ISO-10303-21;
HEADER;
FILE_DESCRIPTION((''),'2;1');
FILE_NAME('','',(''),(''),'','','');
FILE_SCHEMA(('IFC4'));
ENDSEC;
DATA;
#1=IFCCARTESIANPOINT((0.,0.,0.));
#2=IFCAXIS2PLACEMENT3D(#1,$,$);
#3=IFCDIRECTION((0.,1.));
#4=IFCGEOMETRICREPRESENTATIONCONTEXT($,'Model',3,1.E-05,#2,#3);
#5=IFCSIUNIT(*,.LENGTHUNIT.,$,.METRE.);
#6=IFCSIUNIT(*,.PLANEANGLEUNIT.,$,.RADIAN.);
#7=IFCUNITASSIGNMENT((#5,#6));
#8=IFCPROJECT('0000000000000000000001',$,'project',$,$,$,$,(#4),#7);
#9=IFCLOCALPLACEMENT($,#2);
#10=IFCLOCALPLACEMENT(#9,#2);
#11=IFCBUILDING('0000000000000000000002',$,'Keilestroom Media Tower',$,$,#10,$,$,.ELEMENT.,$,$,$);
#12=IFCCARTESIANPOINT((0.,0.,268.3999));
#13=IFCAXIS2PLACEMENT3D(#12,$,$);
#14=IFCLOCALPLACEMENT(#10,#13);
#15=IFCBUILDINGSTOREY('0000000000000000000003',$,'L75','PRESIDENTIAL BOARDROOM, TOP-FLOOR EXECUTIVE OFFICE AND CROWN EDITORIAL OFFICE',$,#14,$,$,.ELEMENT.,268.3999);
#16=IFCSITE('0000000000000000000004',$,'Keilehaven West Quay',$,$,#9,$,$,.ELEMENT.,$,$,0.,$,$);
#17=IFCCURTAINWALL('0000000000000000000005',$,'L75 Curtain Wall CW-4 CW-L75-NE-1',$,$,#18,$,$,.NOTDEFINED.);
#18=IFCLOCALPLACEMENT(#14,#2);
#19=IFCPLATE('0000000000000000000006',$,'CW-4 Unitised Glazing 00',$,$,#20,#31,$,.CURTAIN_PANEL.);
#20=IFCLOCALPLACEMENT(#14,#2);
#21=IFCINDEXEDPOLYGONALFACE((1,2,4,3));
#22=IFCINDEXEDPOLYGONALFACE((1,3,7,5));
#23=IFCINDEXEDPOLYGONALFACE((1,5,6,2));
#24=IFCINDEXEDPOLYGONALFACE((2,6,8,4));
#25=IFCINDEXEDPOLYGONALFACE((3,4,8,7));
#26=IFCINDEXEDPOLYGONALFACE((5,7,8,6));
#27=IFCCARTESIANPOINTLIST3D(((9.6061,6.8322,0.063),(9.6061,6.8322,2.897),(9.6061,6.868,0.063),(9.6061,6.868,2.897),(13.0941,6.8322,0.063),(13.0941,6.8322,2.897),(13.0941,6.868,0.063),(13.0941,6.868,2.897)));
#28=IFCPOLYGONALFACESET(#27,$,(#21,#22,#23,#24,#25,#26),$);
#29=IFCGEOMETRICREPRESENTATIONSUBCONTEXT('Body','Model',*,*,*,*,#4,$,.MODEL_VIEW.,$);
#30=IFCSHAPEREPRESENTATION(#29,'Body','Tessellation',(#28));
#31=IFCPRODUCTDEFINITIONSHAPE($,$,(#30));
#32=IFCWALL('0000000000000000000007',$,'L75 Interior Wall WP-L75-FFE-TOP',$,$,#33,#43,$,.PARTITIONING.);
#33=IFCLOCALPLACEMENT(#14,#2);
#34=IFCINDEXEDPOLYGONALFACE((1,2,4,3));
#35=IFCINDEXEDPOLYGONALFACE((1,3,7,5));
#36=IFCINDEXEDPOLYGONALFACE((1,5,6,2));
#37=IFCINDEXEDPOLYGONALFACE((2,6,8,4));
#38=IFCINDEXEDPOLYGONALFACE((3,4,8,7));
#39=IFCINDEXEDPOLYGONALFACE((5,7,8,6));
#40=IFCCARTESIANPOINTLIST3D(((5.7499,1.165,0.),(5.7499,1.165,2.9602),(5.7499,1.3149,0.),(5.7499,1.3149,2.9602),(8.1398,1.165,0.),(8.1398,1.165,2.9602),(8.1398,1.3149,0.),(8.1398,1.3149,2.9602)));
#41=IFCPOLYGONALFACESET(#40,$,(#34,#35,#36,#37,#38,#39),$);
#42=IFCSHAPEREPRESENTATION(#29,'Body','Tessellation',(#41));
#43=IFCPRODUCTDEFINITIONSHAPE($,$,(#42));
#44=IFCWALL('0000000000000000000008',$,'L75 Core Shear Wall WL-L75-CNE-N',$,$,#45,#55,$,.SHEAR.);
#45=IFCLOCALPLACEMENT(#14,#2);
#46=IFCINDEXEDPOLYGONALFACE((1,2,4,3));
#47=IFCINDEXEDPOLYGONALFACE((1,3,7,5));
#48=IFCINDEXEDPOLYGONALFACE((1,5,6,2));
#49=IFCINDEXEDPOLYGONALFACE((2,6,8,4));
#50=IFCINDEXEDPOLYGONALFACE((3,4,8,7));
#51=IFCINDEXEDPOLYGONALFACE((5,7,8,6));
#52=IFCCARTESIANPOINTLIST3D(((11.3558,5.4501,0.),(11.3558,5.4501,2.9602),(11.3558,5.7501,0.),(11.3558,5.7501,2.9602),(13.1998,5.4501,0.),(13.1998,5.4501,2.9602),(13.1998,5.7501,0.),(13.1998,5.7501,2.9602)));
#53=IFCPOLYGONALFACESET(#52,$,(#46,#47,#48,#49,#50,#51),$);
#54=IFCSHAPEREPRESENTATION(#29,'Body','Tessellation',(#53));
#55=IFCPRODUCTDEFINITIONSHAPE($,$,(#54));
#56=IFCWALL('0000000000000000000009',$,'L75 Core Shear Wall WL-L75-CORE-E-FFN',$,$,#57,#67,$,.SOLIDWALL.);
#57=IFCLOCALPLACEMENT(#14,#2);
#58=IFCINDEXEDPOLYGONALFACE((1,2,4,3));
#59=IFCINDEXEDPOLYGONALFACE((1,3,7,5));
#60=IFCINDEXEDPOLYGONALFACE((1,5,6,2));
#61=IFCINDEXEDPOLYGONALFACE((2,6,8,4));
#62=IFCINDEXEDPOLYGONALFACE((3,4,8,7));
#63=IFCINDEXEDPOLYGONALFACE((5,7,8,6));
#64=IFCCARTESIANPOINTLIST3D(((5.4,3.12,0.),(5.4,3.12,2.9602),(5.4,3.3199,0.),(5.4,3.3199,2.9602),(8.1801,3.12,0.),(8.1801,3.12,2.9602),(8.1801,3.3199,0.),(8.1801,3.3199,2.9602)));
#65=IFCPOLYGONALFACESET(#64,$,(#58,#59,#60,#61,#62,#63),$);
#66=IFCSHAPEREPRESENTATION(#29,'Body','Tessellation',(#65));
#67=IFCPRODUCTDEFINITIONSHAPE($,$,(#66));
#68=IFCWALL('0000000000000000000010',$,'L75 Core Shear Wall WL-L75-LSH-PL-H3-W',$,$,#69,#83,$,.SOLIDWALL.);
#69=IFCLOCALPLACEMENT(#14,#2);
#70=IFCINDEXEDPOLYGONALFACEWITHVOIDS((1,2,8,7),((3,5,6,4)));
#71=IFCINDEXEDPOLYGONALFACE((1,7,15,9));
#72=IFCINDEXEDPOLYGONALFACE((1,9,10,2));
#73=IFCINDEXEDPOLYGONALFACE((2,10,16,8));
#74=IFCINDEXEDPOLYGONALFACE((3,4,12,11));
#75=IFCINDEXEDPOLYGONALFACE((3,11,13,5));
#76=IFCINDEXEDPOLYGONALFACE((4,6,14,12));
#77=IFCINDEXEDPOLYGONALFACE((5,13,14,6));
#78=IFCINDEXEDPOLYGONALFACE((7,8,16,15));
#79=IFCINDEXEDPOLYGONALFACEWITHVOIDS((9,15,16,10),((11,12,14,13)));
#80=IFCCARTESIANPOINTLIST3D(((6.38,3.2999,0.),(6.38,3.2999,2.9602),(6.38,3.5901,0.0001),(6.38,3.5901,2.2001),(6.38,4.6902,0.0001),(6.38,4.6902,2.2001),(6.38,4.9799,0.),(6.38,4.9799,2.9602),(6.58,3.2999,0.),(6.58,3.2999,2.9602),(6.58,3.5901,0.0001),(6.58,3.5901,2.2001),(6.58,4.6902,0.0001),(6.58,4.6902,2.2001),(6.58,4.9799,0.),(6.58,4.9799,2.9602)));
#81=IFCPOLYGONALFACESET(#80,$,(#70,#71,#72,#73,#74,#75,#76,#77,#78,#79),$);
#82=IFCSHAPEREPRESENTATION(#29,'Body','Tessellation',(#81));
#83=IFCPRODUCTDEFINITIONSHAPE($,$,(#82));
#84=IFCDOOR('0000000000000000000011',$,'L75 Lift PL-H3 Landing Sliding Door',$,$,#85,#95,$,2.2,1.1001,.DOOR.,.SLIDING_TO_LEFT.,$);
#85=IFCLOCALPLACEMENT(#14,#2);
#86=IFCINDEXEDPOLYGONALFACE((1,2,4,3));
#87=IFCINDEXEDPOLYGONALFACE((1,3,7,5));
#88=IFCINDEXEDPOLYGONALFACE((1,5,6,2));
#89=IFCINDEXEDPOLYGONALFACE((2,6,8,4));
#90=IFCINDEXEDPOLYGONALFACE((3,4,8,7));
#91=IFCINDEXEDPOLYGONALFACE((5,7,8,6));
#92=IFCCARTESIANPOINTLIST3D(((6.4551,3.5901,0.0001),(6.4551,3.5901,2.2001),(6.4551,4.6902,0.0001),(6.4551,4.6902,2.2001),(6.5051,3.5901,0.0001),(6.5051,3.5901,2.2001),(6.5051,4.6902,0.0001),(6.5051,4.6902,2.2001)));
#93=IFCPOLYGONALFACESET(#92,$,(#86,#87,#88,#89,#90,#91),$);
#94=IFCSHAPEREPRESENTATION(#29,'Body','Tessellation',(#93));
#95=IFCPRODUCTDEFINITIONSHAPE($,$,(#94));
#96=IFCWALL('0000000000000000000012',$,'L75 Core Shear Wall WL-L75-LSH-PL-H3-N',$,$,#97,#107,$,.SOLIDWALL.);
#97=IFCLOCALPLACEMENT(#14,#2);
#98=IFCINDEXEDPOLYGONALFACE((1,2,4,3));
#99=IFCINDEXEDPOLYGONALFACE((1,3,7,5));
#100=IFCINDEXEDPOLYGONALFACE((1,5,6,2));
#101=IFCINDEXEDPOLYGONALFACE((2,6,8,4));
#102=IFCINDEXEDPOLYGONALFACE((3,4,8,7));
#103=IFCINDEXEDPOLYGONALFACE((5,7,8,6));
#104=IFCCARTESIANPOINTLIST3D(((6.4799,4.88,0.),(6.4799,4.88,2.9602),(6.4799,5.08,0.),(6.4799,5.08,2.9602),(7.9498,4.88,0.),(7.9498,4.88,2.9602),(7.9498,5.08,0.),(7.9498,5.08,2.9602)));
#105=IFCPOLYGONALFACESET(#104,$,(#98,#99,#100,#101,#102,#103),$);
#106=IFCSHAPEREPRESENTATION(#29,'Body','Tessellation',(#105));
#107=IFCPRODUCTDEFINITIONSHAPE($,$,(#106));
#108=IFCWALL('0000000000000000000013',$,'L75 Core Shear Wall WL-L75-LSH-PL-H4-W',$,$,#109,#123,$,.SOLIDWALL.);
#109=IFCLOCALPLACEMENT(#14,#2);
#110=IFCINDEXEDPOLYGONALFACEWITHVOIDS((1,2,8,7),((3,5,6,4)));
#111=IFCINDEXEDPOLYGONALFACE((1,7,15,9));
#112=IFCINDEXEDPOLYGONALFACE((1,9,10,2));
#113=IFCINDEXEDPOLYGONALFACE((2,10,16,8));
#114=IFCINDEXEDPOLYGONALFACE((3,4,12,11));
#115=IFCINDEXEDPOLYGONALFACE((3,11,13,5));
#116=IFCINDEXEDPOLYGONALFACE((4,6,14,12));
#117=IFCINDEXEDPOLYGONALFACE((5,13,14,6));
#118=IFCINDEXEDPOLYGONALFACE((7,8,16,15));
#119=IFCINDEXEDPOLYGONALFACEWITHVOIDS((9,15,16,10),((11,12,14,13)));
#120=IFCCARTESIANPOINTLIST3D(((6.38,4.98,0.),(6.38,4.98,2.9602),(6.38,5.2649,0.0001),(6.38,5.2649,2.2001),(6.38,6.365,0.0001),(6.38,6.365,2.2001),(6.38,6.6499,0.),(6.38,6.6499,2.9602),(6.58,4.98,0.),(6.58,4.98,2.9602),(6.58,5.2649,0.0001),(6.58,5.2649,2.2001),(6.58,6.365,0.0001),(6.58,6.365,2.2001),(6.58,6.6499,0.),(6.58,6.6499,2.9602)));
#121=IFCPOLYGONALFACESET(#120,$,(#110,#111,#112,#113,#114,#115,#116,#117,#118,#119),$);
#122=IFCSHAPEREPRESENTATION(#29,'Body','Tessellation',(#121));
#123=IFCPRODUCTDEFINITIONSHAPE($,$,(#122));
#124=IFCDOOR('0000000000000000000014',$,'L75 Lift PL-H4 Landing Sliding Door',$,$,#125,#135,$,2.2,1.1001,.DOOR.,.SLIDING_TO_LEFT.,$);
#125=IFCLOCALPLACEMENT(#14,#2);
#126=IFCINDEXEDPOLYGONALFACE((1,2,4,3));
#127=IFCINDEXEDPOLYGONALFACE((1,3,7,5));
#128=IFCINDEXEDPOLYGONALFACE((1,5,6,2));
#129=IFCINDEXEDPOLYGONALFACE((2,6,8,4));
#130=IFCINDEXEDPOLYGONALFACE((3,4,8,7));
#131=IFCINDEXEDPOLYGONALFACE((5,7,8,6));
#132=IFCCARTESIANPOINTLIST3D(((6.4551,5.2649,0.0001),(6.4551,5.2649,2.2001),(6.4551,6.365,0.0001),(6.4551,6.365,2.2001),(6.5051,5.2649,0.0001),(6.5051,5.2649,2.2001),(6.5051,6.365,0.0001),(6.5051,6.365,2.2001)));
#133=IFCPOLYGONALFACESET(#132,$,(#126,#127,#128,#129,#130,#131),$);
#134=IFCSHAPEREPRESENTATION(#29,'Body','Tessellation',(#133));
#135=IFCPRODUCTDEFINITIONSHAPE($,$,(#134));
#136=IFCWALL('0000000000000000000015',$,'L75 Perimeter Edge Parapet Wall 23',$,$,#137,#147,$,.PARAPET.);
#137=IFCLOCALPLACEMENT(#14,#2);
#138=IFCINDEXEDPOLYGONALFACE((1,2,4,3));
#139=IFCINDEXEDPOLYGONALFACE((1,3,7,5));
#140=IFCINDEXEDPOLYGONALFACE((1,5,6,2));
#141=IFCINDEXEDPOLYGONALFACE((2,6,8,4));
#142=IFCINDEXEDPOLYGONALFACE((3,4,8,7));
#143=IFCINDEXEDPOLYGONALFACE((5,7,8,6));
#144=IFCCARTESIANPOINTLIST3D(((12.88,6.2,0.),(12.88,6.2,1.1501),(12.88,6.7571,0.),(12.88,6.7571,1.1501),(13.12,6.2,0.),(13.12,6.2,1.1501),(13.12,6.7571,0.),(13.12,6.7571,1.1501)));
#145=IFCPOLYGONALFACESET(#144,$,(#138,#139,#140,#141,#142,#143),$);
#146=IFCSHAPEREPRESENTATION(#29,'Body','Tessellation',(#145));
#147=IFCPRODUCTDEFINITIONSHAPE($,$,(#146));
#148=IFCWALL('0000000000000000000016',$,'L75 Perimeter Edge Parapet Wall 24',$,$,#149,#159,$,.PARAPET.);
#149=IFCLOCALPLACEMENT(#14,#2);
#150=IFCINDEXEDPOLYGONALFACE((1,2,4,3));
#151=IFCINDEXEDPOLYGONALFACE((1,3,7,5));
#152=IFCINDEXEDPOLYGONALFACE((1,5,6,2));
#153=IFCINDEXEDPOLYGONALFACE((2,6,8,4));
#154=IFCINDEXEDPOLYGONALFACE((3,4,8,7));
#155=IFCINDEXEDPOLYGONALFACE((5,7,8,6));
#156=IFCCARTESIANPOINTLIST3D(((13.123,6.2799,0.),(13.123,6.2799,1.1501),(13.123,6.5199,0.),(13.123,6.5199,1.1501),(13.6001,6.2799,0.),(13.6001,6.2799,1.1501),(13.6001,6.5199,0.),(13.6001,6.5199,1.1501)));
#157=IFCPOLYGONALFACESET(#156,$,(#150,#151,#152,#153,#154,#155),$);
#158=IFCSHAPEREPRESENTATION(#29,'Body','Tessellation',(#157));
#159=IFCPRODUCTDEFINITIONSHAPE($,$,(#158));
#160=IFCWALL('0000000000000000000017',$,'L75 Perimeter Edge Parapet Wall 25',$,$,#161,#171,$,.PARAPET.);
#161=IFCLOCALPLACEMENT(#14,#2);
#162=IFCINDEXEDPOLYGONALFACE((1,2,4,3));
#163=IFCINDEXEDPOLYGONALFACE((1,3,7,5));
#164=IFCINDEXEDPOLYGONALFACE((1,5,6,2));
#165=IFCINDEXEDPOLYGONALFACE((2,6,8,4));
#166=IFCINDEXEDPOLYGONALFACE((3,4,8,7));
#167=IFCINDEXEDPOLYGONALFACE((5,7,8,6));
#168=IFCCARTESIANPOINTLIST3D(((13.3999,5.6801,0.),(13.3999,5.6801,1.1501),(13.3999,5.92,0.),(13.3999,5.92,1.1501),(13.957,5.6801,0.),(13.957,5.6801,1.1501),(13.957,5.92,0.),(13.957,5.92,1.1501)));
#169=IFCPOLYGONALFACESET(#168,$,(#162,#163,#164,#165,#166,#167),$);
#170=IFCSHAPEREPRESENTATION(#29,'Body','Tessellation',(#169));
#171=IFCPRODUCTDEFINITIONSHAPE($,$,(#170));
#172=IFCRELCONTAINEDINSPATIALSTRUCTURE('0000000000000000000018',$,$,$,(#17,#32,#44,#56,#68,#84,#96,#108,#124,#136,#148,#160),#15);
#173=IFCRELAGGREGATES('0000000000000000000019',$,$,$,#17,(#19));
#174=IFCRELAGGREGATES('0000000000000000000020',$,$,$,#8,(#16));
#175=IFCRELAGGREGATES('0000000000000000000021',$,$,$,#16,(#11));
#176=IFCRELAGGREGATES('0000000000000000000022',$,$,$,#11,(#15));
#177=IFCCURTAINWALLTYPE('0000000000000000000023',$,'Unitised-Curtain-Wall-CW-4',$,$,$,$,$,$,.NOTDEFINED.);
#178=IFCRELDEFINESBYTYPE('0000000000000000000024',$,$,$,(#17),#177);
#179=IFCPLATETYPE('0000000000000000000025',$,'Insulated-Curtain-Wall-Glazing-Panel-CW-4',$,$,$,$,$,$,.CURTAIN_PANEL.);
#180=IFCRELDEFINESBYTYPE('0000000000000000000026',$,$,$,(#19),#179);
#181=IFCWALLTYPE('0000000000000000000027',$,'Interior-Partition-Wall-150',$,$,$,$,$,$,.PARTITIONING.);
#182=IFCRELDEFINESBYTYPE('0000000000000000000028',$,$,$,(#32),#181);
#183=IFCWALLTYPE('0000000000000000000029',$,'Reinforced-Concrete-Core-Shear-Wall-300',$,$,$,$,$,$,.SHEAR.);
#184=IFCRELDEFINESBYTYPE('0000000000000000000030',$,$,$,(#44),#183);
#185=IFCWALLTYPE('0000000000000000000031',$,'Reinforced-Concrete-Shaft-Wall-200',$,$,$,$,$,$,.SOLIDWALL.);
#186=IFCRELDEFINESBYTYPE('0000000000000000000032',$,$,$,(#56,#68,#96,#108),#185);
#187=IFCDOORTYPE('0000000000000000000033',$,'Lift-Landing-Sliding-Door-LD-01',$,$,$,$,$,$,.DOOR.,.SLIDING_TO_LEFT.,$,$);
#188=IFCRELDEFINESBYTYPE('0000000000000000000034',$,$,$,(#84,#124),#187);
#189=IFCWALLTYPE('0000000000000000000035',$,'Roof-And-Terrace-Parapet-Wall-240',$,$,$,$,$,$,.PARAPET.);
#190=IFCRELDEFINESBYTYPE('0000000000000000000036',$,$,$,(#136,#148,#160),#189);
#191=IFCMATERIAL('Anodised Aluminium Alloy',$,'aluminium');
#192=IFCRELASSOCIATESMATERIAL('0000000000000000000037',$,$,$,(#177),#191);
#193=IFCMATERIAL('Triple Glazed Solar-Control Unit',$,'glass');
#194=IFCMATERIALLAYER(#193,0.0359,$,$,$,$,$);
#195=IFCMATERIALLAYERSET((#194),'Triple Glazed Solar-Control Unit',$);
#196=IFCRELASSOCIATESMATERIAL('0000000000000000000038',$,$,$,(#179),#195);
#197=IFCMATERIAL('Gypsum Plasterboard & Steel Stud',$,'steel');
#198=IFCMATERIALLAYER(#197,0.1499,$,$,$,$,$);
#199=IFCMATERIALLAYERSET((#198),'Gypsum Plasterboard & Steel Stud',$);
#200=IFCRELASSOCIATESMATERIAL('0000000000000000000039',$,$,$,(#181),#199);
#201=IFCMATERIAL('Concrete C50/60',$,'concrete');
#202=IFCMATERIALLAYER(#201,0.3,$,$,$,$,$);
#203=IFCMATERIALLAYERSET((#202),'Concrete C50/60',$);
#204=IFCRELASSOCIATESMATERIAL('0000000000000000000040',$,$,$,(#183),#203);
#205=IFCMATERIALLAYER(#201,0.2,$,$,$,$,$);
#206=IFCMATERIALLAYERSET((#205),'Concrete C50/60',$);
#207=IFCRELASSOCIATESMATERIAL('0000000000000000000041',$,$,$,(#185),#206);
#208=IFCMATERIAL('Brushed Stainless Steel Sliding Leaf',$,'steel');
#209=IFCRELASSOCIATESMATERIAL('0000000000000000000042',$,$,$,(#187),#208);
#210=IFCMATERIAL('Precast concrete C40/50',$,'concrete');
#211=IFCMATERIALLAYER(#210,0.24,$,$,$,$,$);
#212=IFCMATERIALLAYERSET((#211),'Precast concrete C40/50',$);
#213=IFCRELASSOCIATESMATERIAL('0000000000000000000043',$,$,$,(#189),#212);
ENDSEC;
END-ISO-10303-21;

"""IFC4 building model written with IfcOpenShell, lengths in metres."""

from ifc_helpers import new_model, si_unit, direction, frame, frame_2d, origin, origin_2d, place, context, subcontext, project, spatial, rectangle, extrude, source, transform, mapped, material, layer, layer_set, type_object, element, fill, aggregate, save


model = new_model("IFC4")

# Units and contexts
model_context = context("Model", 3, precision=1e-05, world=origin(), true_north=direction((0.0, 1.0)))
body_context = subcontext(model_context, "Body", "Model", "MODEL_VIEW")
ifc_project = project(units=[si_unit("LENGTHUNIT", "METRE"), si_unit("PLANEANGLEUNIT", "RADIAN")], contexts=[model_context])

# Site, building, storey
site_placement = place(None, origin())
site = spatial("IfcSite", under=ifc_project, at=site_placement, Name="Keilehaven West Quay", CompositionType="ELEMENT", RefElevation=0.0)
building_placement = place(site_placement, origin())
building = spatial("IfcBuilding", under=site, at=building_placement, Name="Keilestroom Media Tower", CompositionType="ELEMENT")
storey_placement = place(building_placement, frame((0.0, 0.0, 268.3999)))
storey = spatial("IfcBuildingStorey", under=building, at=storey_placement, Name="L75", Description="PRESIDENTIAL BOARDROOM, TOP-FLOOR EXECUTIVE OFFICE AND CROWN EDITORIAL OFFICE", CompositionType="ELEMENT", Elevation=268.3999)

# Shared definitions
ifc_material_1 = material(Name="Precast concrete C40/50", Category="concrete")

# Curtain wall
ifc_material_2 = material(Name="Anodised Aluminium Alloy", Category="aluminium")
curtain_wall_type = type_object("IfcCurtainWallType", Name="Unitised-Curtain-Wall-CW-4", PredefinedType="NOTDEFINED", material=ifc_material_2)
curtain_wall_1_placement = place(storey_placement, origin())
curtain_wall_1 = element("IfcCurtainWall", 1, at=curtain_wall_1_placement, inside=storey, type_object=curtain_wall_type, Name="L75 Curtain Wall CW-4 CW-L75-NE-1", PredefinedType="NOTDEFINED")

# Plate
ifc_material_3 = material(Name="Triple Glazed Solar-Control Unit", Category="glass")
ifc_layer_1 = layer(ifc_material_3, 0.0359)
ifc_layer_set_1 = layer_set([ifc_layer_1], Name="Triple Glazed Solar-Control Unit")
plate_type = type_object("IfcPlateType", Name="Insulated-Curtain-Wall-Glazing-Panel-CW-4", PredefinedType="CURTAIN_PANEL", material=ifc_layer_set_1)
shared_shape_1 = source(origin(), body_context, "Body", "SweptSolid", [
    extrude(rectangle(XDim=3.488, YDim=0.0359, at=origin_2d()), origin(), (0.0, 0.0, 1.0), 2.834),
])
plate_1_placement = place(storey_placement, frame((11.3501, 6.8501, 0.063), z_axis=(0.0, 0.0, 1.0), x_axis=(1.0, 0.0, 0.0)))
plate_1 = element("IfcPlate", 2, at=plate_1_placement, type_object=plate_type, Name="CW-4 Unitised Glazing 00", PredefinedType="CURTAIN_PANEL", context=body_context, shape_type="MappedRepresentation", body=[
    mapped(shared_shape_1, transform((0.0, 0.0, 0.0), x_axis=(1.0, 0.0, 0.0), y_axis=(0.0, 1.0, 0.0), z_axis=(0.0, 0.0, 1.0), scale=1.0)),
])
aggregate(curtain_wall_1, [plate_1])

# Walls
ifc_material_4 = material(Name="Gypsum Plasterboard & Steel Stud", Category="steel")
ifc_layer_2 = layer(ifc_material_4, 0.1499)
ifc_layer_set_2 = layer_set([ifc_layer_2], Name="Gypsum Plasterboard & Steel Stud")
wall_type_1 = type_object("IfcWallType", Name="Interior-Partition-Wall-150", PredefinedType="PARTITIONING", material=ifc_layer_set_2)
wall_1_placement = place(storey_placement, frame((5.75, 1.24, 0.0), z_axis=(0.0, 0.0, 1.0), x_axis=(1.0, 0.0, 0.0)))
element("IfcWall", 3, at=wall_1_placement, inside=storey, type_object=wall_type_1, Name="L75 Interior Wall WP-L75-FFE-TOP", PredefinedType="PARTITIONING", context=body_context, shape_type="SweptSolid", body=[
    extrude(rectangle(XDim=2.3899, YDim=0.1499, at=frame_2d((1.1948, 0.0))), origin(), (0.0, 0.0, 1.0), 2.9602),
])
ifc_material_5 = material(Name="Concrete C50/60", Category="concrete")
ifc_layer_3 = layer(ifc_material_5, 0.3)
ifc_layer_set_3 = layer_set([ifc_layer_3], Name="Concrete C50/60")
wall_type_2 = type_object("IfcWallType", Name="Reinforced-Concrete-Core-Shear-Wall-300", PredefinedType="SHEAR", material=ifc_layer_set_3)
wall_2_placement = place(storey_placement, frame((11.356, 5.6001, 0.0), z_axis=(0.0, 0.0, 1.0), x_axis=(1.0, 0.0, 0.0)))
element("IfcWall", 4, at=wall_2_placement, inside=storey, type_object=wall_type_2, Name="L75 Core Shear Wall WL-L75-CNE-N", PredefinedType="SHEAR", context=body_context, shape_type="SweptSolid", body=[
    extrude(rectangle(XDim=1.844, YDim=0.3, at=frame_2d((0.9219, 0.0))), origin(), (0.0, 0.0, 1.0), 2.9602),
])
ifc_layer_4 = layer(ifc_material_5, 0.2)
ifc_layer_set_4 = layer_set([ifc_layer_4], Name="Concrete C50/60")
wall_type_3 = type_object("IfcWallType", Name="Reinforced-Concrete-Shaft-Wall-200", PredefinedType="SOLIDWALL", material=ifc_layer_set_4)
wall_3_placement = place(storey_placement, frame((5.3999, 3.22, 0.0), z_axis=(0.0, 0.0, 1.0), x_axis=(1.0, 0.0, 0.0)))
element("IfcWall", 5, at=wall_3_placement, inside=storey, type_object=wall_type_3, Name="L75 Core Shear Wall WL-L75-CORE-E-FFN", PredefinedType="SOLIDWALL", context=body_context, shape_type="SweptSolid", body=[
    extrude(rectangle(XDim=2.78, YDim=0.2, at=frame_2d((1.3901, 0.0))), origin(), (0.0, 0.0, 1.0), 2.9602),
])

# Wall, opening, door
wall_4_placement = place(storey_placement, frame((6.48, 3.3, 0.0), z_axis=(0.0, 0.0, 1.0), x_axis=(0.0, 1.0, 0.0)))
wall_4 = element("IfcWall", 6, at=wall_4_placement, inside=storey, type_object=wall_type_3, Name="L75 Core Shear Wall WL-L75-LSH-PL-H3-W", PredefinedType="SOLIDWALL", context=body_context, shape_type="SweptSolid", body=[
    extrude(rectangle(XDim=1.6799, YDim=0.2, at=frame_2d((0.8398, 0.0))), origin(), (0.0, 0.0, 1.0), 2.9602),
])
opening_1_placement = place(wall_4_placement, frame((0.29, 0.0, 0.0)))
opening_1 = element("IfcOpeningElement", 7, at=opening_1_placement, cuts=wall_4, PredefinedType="OPENING", context=body_context, shape_type="SweptSolid", body=[
    extrude(rectangle(XDim=1.1001, YDim=2.2, at=frame_2d((0.55, 1.1001))), frame((0.0, 0.1099, 0.0), z_axis=(0.0, -1.0, 0.0), x_axis=(1.0, 0.0, 0.0)), (0.0, 0.0, 1.0), 0.22),
])
ifc_material_6 = material(Name="Brushed Stainless Steel Sliding Leaf", Category="steel")
door_type = type_object("IfcDoorType", Name="Lift-Landing-Sliding-Door-LD-01", OperationType="SLIDING_TO_LEFT", PredefinedType="DOOR", material=ifc_material_6)
shared_shape_2 = source(origin(), body_context, "Body", "SweptSolid", [
    extrude(rectangle(XDim=1.1001, YDim=2.2, at=frame_2d((0.55, 1.1001))), frame((0.0, 0.0249, 0.0), z_axis=(0.0, -1.0, 0.0), x_axis=(1.0, 0.0, 0.0)), (0.0, 0.0, 1.0), 0.05),
])
door_1_placement = place(opening_1_placement, origin())
door_1 = element("IfcDoor", 8, at=door_1_placement, inside=storey, type_object=door_type, Name="L75 Lift PL-H3 Landing Sliding Door", OperationType="SLIDING_TO_LEFT", OverallHeight=2.2, OverallWidth=1.1001, PredefinedType="DOOR", context=body_context, shape_type="MappedRepresentation", body=[
    mapped(shared_shape_2, transform((0.0, 0.0, 0.0), x_axis=(1.0, 0.0, 0.0), y_axis=(0.0, 1.0, 0.0), z_axis=(0.0, 0.0, 1.0), scale=1.0)),
])
fill(opening_1, door_1)

# Wall
wall_5_placement = place(storey_placement, frame((6.48, 4.98, 0.0), z_axis=(0.0, 0.0, 1.0), x_axis=(1.0, 0.0, 0.0)))
element("IfcWall", 9, at=wall_5_placement, inside=storey, type_object=wall_type_3, Name="L75 Core Shear Wall WL-L75-LSH-PL-H3-N", PredefinedType="SOLIDWALL", context=body_context, shape_type="SweptSolid", body=[
    extrude(rectangle(XDim=1.47, YDim=0.2, at=frame_2d((0.7349, 0.0))), origin(), (0.0, 0.0, 1.0), 2.9602),
])

# Wall, opening, door
wall_6_placement = place(storey_placement, frame((6.48, 4.98, 0.0), z_axis=(0.0, 0.0, 1.0), x_axis=(0.0, 1.0, 0.0)))
wall_6 = element("IfcWall", 10, at=wall_6_placement, inside=storey, type_object=wall_type_3, Name="L75 Core Shear Wall WL-L75-LSH-PL-H4-W", PredefinedType="SOLIDWALL", context=body_context, shape_type="SweptSolid", body=[
    extrude(rectangle(XDim=1.6699, YDim=0.2, at=frame_2d((0.835, 0.0))), origin(), (0.0, 0.0, 1.0), 2.9602),
])
opening_2_placement = place(wall_6_placement, frame((0.2849, 0.0, 0.0)))
opening_2 = element("IfcOpeningElement", 11, at=opening_2_placement, cuts=wall_6, PredefinedType="OPENING", context=body_context, shape_type="SweptSolid", body=[
    extrude(rectangle(XDim=1.1001, YDim=2.2, at=frame_2d((0.55, 1.1001))), frame((0.0, 0.1099, 0.0), z_axis=(0.0, -1.0, 0.0), x_axis=(1.0, 0.0, 0.0)), (0.0, 0.0, 1.0), 0.22),
])
door_2_placement = place(opening_2_placement, origin())
door_2 = element("IfcDoor", 12, at=door_2_placement, inside=storey, type_object=door_type, Name="L75 Lift PL-H4 Landing Sliding Door", OperationType="SLIDING_TO_LEFT", OverallHeight=2.2, OverallWidth=1.1001, PredefinedType="DOOR", context=body_context, shape_type="MappedRepresentation", body=[
    mapped(shared_shape_2, transform((0.0, 0.0, 0.0), x_axis=(1.0, 0.0, 0.0), y_axis=(0.0, 1.0, 0.0), z_axis=(0.0, 0.0, 1.0), scale=1.0)),
])
fill(opening_2, door_2)

# Walls
ifc_layer_5 = layer(ifc_material_1, 0.24)
ifc_layer_set_5 = layer_set([ifc_layer_5], Name="Precast concrete C40/50")
wall_type_4 = type_object("IfcWallType", Name="Roof-And-Terrace-Parapet-Wall-240", PredefinedType="PARAPET", material=ifc_layer_set_5)
wall_7_placement = place(storey_placement, frame((13.0, 6.7571, 0.0), z_axis=(0.0, 0.0, 1.0), x_axis=(0.0, -1.0, 0.0)))
element("IfcWall", 13, at=wall_7_placement, inside=storey, type_object=wall_type_4, Name="L75 Perimeter Edge Parapet Wall 23", PredefinedType="PARAPET", context=body_context, shape_type="SweptSolid", body=[
    extrude(rectangle(XDim=0.5571, YDim=0.24, at=frame_2d((0.2786, 0.0))), origin(), (0.0, 0.0, 1.0), 1.1501),
])
wall_8_placement = place(storey_placement, frame((13.123, 6.3999, 0.0), z_axis=(0.0, 0.0, 1.0), x_axis=(1.0, 0.0, 0.0)))
element("IfcWall", 14, at=wall_8_placement, inside=storey, type_object=wall_type_4, Name="L75 Perimeter Edge Parapet Wall 24", PredefinedType="PARAPET", context=body_context, shape_type="SweptSolid", body=[
    extrude(rectangle(XDim=0.4771, YDim=0.24, at=frame_2d((0.2385, 0.0))), origin(), (0.0, 0.0, 1.0), 1.1501),
])
wall_9_placement = place(storey_placement, frame((13.3999, 5.8, 0.0), z_axis=(0.0, 0.0, 1.0), x_axis=(1.0, 0.0, 0.0)))
element("IfcWall", 15, at=wall_9_placement, inside=storey, type_object=wall_type_4, Name="L75 Perimeter Edge Parapet Wall 25", PredefinedType="PARAPET", context=body_context, shape_type="SweptSolid", body=[
    extrude(rectangle(XDim=0.5571, YDim=0.24, at=frame_2d((0.2786, 0.0))), origin(), (0.0, 0.0, 1.0), 1.1501),
])

save(model, "model.ifc")
